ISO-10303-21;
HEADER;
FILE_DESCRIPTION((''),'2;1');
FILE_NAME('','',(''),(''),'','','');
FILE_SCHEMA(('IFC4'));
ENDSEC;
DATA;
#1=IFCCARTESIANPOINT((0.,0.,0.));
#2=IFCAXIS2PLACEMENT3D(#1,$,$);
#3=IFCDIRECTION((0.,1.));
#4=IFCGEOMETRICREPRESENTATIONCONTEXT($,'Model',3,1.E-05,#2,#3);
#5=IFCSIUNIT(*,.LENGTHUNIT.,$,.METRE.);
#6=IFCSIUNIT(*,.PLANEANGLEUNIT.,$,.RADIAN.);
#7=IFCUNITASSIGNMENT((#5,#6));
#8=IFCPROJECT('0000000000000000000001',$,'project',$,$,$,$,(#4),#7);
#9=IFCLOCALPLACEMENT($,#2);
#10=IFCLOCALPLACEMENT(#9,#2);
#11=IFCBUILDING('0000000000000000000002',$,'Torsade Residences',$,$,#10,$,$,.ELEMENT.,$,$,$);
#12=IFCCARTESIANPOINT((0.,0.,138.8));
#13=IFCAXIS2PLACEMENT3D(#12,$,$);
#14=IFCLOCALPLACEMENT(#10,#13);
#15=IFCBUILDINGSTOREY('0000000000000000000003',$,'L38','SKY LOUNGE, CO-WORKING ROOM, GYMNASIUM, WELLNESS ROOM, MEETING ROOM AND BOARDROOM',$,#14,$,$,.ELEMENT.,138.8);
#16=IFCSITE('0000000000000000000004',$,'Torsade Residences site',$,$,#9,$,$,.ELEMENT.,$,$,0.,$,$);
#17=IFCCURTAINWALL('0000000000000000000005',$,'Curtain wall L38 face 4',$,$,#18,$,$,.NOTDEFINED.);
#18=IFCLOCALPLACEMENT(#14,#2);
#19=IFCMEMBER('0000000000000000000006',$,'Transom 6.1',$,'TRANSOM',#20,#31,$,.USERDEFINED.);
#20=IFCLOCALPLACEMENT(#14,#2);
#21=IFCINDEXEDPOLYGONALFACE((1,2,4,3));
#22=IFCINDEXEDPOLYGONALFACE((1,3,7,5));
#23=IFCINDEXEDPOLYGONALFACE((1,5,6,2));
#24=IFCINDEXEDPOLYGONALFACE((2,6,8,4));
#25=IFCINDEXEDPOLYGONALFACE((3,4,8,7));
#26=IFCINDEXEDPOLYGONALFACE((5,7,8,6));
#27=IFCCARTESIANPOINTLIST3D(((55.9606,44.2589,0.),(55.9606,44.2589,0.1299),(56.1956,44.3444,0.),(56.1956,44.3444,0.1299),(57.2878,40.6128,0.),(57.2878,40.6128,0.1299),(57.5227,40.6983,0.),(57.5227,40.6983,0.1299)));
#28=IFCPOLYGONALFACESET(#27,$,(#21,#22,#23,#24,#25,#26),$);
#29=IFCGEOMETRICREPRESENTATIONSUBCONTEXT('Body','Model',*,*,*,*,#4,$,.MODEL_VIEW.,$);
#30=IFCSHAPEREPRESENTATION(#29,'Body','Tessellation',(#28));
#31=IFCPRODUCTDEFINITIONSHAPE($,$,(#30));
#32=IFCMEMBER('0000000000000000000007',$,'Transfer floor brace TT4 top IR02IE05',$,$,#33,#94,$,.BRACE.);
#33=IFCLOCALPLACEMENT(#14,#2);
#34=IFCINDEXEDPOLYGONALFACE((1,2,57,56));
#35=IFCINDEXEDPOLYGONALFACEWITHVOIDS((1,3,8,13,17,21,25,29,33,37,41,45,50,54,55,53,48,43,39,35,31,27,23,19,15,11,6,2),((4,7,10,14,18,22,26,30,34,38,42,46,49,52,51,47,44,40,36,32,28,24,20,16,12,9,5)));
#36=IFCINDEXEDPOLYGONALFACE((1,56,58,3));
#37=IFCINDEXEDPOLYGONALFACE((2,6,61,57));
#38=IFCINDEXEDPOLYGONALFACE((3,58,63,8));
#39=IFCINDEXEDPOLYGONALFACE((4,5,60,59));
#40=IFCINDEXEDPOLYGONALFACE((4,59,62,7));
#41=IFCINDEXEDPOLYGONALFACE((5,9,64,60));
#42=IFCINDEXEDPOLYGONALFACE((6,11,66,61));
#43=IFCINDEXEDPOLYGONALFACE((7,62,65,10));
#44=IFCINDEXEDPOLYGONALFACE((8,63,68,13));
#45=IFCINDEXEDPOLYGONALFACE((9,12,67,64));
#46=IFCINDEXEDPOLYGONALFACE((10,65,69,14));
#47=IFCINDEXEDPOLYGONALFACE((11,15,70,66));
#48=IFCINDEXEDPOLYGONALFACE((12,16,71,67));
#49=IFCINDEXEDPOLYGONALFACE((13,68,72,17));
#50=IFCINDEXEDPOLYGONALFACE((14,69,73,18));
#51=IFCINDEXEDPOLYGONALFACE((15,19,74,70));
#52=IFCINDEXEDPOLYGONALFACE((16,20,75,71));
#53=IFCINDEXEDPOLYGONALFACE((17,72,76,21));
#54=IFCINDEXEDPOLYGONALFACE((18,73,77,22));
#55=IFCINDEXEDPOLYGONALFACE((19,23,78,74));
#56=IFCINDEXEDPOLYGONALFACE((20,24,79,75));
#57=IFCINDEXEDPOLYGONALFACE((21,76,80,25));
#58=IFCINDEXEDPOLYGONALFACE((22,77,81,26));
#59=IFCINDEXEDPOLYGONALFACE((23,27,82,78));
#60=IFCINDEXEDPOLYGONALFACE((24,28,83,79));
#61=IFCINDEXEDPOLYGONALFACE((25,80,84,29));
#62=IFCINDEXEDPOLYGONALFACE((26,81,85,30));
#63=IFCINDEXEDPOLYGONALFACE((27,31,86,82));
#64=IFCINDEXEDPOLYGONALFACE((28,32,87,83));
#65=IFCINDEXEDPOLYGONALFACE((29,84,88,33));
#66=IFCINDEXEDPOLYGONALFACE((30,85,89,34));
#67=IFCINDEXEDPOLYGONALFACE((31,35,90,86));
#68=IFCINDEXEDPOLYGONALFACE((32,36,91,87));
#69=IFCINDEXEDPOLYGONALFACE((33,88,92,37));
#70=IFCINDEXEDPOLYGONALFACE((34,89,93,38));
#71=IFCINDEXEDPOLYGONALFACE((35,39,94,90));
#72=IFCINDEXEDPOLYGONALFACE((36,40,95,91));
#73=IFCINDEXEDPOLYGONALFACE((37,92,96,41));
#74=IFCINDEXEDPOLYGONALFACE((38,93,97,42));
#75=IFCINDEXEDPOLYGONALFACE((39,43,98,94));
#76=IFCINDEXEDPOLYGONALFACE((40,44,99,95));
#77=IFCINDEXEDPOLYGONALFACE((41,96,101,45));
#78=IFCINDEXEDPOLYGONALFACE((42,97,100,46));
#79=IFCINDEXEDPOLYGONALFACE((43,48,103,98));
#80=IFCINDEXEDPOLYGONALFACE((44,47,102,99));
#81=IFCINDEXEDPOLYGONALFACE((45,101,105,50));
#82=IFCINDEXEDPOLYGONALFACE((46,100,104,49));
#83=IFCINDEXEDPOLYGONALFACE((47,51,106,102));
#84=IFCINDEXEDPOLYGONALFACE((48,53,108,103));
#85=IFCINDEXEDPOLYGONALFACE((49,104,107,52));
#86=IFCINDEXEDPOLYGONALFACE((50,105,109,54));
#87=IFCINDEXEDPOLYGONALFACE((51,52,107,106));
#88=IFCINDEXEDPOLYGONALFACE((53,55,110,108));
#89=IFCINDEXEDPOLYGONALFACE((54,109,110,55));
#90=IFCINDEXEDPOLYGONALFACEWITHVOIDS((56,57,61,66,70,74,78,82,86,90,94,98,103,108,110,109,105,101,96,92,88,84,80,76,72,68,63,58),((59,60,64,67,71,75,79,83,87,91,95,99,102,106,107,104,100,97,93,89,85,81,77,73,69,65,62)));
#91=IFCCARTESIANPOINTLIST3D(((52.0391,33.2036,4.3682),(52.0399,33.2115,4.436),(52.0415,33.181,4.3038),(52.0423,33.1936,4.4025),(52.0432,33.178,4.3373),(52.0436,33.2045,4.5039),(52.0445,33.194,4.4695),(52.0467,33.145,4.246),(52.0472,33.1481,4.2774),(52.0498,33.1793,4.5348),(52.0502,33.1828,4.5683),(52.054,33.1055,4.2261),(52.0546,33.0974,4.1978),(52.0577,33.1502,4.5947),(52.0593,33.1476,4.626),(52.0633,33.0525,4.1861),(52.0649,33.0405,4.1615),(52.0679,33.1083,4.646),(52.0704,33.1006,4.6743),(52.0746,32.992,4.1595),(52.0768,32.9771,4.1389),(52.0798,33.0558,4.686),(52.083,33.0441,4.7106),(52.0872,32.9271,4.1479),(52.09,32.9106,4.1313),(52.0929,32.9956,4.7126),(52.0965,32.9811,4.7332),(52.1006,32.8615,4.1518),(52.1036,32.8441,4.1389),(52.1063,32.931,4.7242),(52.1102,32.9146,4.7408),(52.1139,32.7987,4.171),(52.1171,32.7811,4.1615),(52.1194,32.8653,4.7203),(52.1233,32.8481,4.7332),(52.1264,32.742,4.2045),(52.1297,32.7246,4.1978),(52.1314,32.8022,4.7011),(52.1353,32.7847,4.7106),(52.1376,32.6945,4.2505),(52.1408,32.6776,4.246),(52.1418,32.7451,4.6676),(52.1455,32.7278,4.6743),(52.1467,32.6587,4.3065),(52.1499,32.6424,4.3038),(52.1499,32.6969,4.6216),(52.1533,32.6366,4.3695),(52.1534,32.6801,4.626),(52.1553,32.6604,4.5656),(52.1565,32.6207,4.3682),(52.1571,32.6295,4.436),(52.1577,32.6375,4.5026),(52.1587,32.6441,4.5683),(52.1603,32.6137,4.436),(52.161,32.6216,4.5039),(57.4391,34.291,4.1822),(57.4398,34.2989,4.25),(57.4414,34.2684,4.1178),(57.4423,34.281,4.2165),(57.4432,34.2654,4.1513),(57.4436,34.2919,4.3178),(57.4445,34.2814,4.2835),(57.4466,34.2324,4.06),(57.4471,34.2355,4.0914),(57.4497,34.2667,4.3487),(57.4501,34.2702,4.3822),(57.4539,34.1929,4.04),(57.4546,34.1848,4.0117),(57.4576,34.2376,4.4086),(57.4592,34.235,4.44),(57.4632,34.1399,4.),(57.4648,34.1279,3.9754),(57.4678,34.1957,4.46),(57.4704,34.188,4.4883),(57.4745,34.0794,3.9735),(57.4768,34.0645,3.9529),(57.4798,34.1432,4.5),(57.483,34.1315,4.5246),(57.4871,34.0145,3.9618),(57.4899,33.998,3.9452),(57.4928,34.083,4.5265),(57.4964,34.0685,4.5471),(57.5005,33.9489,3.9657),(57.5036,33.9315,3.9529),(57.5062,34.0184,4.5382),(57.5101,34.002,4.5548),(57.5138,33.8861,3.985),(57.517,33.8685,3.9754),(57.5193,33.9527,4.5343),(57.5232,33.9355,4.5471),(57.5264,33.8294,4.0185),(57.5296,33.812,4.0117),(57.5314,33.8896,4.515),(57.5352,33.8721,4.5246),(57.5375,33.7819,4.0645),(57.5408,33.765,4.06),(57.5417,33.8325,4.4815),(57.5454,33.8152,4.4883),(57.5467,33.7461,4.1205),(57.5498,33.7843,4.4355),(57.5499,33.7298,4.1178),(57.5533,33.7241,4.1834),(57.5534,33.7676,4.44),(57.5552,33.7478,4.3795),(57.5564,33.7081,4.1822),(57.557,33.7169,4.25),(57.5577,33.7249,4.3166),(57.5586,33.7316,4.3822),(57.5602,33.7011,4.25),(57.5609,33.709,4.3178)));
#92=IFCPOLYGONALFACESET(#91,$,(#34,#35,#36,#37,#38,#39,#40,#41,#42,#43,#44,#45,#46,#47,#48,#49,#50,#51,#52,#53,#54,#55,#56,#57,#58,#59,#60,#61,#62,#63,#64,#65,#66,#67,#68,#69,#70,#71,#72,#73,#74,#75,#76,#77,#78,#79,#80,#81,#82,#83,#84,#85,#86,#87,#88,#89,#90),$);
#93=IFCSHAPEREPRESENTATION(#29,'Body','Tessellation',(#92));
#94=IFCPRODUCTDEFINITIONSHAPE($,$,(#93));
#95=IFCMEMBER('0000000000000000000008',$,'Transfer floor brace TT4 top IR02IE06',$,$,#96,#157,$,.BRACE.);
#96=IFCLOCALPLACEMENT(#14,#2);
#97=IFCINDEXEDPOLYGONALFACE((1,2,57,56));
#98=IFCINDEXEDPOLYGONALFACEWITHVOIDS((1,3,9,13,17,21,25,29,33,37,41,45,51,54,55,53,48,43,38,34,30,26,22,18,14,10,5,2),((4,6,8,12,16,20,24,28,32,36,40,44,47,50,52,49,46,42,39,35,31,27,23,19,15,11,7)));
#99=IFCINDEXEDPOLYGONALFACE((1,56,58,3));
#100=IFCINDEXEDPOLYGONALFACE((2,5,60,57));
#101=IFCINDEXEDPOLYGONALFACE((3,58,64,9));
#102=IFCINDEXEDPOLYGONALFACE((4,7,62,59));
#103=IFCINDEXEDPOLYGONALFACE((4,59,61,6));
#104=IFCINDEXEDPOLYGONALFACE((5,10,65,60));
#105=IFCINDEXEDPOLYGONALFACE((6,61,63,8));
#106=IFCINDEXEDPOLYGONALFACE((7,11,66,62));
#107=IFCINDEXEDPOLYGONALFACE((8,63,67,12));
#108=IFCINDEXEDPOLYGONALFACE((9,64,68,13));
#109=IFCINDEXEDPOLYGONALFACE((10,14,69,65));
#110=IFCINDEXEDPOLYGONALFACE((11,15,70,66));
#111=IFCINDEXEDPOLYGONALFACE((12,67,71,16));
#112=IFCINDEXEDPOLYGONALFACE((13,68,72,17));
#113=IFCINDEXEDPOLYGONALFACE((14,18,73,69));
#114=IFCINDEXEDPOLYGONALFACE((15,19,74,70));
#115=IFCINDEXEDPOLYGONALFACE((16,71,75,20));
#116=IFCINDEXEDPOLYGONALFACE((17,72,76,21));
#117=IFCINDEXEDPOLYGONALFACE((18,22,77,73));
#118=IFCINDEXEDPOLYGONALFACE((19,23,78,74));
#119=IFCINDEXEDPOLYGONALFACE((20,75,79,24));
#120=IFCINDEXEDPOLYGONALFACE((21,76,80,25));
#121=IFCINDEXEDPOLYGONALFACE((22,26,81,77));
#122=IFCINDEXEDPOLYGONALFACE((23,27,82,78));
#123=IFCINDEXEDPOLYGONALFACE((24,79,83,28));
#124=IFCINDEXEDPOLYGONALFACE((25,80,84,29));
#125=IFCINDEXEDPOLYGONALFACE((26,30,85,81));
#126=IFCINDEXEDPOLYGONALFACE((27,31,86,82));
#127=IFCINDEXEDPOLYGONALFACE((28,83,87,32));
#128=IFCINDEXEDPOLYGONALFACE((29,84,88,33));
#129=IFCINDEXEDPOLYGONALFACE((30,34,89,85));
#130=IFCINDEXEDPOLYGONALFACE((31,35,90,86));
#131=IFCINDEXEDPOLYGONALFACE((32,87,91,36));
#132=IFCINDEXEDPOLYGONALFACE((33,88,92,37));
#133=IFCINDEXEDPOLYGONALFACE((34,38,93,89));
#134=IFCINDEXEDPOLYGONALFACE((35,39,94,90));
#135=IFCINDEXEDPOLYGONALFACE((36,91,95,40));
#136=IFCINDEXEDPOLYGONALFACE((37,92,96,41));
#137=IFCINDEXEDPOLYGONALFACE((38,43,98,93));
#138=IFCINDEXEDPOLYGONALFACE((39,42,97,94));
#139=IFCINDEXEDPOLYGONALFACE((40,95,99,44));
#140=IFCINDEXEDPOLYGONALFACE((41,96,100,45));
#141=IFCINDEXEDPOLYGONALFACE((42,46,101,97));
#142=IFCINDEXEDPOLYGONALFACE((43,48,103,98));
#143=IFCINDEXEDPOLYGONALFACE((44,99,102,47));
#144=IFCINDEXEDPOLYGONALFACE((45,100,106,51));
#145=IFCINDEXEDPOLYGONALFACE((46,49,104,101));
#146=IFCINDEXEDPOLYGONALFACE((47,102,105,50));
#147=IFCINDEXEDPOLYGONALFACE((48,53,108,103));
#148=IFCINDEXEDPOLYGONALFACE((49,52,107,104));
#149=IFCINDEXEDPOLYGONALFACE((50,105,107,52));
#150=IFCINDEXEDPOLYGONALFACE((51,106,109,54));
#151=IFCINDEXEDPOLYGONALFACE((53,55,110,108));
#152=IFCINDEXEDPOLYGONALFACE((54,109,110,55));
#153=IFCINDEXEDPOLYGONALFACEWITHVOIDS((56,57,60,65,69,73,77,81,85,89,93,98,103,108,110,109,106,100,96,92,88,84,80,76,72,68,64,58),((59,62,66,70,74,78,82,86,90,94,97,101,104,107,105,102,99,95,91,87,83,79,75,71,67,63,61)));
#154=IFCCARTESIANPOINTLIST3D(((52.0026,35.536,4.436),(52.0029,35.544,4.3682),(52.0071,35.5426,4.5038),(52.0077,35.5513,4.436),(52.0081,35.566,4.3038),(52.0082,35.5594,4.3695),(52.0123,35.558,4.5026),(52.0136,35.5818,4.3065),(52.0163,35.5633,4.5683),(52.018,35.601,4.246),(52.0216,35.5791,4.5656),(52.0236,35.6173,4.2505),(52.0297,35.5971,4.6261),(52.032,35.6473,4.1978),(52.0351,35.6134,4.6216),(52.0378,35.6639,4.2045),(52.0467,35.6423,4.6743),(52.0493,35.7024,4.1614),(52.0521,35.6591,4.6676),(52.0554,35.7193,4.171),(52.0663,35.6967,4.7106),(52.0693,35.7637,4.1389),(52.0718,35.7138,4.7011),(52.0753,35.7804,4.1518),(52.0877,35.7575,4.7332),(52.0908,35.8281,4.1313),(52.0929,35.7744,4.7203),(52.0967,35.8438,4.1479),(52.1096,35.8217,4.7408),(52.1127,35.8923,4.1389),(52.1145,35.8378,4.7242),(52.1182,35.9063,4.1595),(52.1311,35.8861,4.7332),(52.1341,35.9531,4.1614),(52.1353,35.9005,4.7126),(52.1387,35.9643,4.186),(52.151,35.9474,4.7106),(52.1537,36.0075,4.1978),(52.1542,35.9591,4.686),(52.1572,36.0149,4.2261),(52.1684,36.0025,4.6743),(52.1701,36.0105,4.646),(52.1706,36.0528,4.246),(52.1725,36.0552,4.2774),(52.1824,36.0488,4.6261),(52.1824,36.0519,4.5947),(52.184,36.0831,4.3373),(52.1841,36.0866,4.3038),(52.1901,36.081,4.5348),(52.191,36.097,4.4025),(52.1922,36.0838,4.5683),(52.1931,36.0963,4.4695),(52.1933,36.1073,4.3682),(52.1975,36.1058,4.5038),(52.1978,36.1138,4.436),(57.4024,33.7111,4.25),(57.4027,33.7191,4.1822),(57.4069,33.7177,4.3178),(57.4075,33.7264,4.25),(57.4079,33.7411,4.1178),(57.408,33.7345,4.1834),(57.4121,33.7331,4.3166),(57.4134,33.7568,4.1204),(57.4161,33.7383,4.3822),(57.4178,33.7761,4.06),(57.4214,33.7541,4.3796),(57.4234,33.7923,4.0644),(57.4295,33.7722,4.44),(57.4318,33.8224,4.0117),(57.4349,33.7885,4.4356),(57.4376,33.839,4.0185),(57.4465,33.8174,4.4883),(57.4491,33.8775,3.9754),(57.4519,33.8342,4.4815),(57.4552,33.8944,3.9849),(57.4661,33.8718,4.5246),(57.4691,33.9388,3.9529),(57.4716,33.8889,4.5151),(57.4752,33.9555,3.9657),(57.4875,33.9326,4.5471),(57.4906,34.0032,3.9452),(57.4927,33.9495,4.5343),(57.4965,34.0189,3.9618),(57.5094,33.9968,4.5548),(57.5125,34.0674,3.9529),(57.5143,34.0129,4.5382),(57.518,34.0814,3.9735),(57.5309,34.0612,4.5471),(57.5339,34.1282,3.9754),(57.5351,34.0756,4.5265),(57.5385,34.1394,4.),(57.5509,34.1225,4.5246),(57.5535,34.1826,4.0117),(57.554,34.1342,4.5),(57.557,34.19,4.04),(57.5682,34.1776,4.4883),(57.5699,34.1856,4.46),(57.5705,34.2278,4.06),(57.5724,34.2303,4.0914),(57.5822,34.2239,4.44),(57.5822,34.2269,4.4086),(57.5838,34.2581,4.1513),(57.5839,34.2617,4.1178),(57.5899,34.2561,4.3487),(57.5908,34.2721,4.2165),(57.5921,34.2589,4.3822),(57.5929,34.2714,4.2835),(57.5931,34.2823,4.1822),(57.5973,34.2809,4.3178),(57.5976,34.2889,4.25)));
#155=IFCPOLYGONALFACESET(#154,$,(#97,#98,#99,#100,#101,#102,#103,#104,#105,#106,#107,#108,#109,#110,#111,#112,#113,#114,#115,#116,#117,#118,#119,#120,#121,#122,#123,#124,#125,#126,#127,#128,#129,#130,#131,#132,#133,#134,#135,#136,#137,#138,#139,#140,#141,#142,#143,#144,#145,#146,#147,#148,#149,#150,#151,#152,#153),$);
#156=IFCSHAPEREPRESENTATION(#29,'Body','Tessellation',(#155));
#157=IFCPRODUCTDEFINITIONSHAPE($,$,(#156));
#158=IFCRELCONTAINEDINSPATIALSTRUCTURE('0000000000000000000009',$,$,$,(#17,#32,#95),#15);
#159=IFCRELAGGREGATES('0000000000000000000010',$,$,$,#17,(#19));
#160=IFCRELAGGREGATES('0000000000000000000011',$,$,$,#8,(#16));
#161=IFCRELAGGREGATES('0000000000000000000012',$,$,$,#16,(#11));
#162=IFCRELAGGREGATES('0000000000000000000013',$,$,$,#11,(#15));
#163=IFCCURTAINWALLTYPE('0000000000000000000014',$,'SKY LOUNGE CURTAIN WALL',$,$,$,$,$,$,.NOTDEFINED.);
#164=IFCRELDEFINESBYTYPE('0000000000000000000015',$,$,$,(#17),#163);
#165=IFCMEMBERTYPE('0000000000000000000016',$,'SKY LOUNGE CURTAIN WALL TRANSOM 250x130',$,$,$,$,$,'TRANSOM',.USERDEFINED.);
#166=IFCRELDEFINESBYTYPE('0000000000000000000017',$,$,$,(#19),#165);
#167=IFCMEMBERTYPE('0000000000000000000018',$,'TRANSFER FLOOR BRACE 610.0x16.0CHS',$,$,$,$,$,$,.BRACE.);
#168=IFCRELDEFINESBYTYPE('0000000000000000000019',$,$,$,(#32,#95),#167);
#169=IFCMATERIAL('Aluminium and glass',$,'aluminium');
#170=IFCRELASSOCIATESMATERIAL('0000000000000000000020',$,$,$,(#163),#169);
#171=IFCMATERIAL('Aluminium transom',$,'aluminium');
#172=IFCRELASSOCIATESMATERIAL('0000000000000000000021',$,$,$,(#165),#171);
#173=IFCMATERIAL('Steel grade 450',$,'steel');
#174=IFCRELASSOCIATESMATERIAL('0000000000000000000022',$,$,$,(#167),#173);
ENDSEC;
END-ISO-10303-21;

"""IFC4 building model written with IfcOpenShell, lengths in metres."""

from ifc_helpers import new_model, si_unit, direction, frame, origin, origin_2d, place, context, subcontext, project, spatial, rectangle, hollow_circle, extrude, material, material_profile, profile_set, type_object, element, aggregate, save


model = new_model("IFC4")

# Units and contexts
model_context = context("Model", 3, precision=1e-05, world=origin(), true_north=direction((0.0, 1.0)))
body_context = subcontext(model_context, "Body", "Model", "MODEL_VIEW")
ifc_project = project(units=[si_unit("LENGTHUNIT", "METRE"), si_unit("PLANEANGLEUNIT", "RADIAN")], contexts=[model_context])

# Site, building, storey
site_placement = place(None, origin())
site = spatial("IfcSite", under=ifc_project, at=site_placement, Name="Torsade Residences site", CompositionType="ELEMENT", RefElevation=0.0)
building_placement = place(site_placement, origin())
building = spatial("IfcBuilding", under=site, at=building_placement, Name="Torsade Residences", CompositionType="ELEMENT")
storey_placement = place(building_placement, frame((0.0, 0.0, 138.8)))
storey = spatial("IfcBuildingStorey", under=building, at=storey_placement, Name="L38", Description="SKY LOUNGE, CO-WORKING ROOM, GYMNASIUM, WELLNESS ROOM, MEETING ROOM AND BOARDROOM", CompositionType="ELEMENT", Elevation=138.8)

# Curtain wall, member
ifc_material_1 = material(Name="Aluminium and glass", Category="aluminium")
curtain_wall_type = type_object("IfcCurtainWallType", Name="SKY LOUNGE CURTAIN WALL", PredefinedType="NOTDEFINED", material=ifc_material_1)
curtain_wall_placement = place(storey_placement, origin())
curtain_wall = element("IfcCurtainWall", 1, at=curtain_wall_placement, inside=storey, type_object=curtain_wall_type, Name="Curtain wall L38 face 4", PredefinedType="NOTDEFINED")
ifc_material_2 = material(Name="Aluminium transom", Category="aluminium")
ifc_material_profile_1 = material_profile(ifc_material_2, rectangle(XDim=0.25, YDim=0.1299, at=origin_2d()), Name="SKY LOUNGE CURTAIN WALL TRANSOM 250x130")
ifc_profile_set_1 = profile_set([ifc_material_profile_1], Name="Aluminium transom")
member_type_1 = type_object("IfcMemberType", Name="SKY LOUNGE CURTAIN WALL TRANSOM 250x130", ElementType="TRANSOM", PredefinedType="USERDEFINED", material=ifc_profile_set_1)
member_1_placement = place(storey_placement, frame((57.4053, 40.6555, 0.0649), z_axis=(-0.342046, 0.939683, 0.0), x_axis=(-0.939683, -0.342046, 0.0)))
member_1 = element("IfcMember", 2, at=member_1_placement, type_object=member_type_1, Name="Transom 6.1", ObjectType="TRANSOM", PredefinedType="USERDEFINED", context=body_context, shape_type="SweptSolid", body=[
    extrude(rectangle(XDim=0.25, YDim=0.1299, at=origin_2d()), origin(), (0.0, 0.0, 1.0), 3.8801),
])

# Members
ifc_material_3 = material(Name="Steel grade 450", Category="steel")
ifc_material_profile_2 = material_profile(ifc_material_3, hollow_circle(Radius=0.3049, WallThickness=0.0161, at=origin_2d()), Name="610.0x16.0CHS")
ifc_profile_set_2 = profile_set([ifc_material_profile_2], Name="Steel grade 450")
member_type_2 = type_object("IfcMemberType", Name="TRANSFER FLOOR BRACE 610.0x16.0CHS", PredefinedType="BRACE", material=ifc_profile_set_2)
member_2_placement = place(storey_placement, frame((57.5, 34.0, 4.25), z_axis=(-0.979762, -0.197299, 0.033754), x_axis=(0.197412, -0.980321, 0.0)))
element("IfcMember", 3, at=member_2_placement, inside=storey, type_object=member_type_2, Name="Transfer floor brace TT4 top IR02IE05", PredefinedType="BRACE", context=body_context, shape_type="SweptSolid", body=[
    extrude(hollow_circle(Radius=0.3049, WallThickness=0.0161, at=origin_2d()), origin(), (0.0, 0.0, 1.0), 5.5115),
])
member_3_placement = place(storey_placement, frame((57.5, 34.0, 4.25), z_axis=(-0.946856, 0.319999, 0.032621), x_axis=(-0.32017, -0.94736, 0.0)))
element("IfcMember", 4, at=member_3_placement, inside=storey, type_object=member_type_2, Name="Transfer floor brace TT4 top IR02IE06", PredefinedType="BRACE", context=body_context, shape_type="SweptSolid", body=[
    extrude(hollow_circle(Radius=0.3049, WallThickness=0.0161, at=origin_2d()), origin(), (0.0, 0.0, 1.0), 5.7029),
])

aggregate(curtain_wall, [member_1])

save(model, "model.ifc")
